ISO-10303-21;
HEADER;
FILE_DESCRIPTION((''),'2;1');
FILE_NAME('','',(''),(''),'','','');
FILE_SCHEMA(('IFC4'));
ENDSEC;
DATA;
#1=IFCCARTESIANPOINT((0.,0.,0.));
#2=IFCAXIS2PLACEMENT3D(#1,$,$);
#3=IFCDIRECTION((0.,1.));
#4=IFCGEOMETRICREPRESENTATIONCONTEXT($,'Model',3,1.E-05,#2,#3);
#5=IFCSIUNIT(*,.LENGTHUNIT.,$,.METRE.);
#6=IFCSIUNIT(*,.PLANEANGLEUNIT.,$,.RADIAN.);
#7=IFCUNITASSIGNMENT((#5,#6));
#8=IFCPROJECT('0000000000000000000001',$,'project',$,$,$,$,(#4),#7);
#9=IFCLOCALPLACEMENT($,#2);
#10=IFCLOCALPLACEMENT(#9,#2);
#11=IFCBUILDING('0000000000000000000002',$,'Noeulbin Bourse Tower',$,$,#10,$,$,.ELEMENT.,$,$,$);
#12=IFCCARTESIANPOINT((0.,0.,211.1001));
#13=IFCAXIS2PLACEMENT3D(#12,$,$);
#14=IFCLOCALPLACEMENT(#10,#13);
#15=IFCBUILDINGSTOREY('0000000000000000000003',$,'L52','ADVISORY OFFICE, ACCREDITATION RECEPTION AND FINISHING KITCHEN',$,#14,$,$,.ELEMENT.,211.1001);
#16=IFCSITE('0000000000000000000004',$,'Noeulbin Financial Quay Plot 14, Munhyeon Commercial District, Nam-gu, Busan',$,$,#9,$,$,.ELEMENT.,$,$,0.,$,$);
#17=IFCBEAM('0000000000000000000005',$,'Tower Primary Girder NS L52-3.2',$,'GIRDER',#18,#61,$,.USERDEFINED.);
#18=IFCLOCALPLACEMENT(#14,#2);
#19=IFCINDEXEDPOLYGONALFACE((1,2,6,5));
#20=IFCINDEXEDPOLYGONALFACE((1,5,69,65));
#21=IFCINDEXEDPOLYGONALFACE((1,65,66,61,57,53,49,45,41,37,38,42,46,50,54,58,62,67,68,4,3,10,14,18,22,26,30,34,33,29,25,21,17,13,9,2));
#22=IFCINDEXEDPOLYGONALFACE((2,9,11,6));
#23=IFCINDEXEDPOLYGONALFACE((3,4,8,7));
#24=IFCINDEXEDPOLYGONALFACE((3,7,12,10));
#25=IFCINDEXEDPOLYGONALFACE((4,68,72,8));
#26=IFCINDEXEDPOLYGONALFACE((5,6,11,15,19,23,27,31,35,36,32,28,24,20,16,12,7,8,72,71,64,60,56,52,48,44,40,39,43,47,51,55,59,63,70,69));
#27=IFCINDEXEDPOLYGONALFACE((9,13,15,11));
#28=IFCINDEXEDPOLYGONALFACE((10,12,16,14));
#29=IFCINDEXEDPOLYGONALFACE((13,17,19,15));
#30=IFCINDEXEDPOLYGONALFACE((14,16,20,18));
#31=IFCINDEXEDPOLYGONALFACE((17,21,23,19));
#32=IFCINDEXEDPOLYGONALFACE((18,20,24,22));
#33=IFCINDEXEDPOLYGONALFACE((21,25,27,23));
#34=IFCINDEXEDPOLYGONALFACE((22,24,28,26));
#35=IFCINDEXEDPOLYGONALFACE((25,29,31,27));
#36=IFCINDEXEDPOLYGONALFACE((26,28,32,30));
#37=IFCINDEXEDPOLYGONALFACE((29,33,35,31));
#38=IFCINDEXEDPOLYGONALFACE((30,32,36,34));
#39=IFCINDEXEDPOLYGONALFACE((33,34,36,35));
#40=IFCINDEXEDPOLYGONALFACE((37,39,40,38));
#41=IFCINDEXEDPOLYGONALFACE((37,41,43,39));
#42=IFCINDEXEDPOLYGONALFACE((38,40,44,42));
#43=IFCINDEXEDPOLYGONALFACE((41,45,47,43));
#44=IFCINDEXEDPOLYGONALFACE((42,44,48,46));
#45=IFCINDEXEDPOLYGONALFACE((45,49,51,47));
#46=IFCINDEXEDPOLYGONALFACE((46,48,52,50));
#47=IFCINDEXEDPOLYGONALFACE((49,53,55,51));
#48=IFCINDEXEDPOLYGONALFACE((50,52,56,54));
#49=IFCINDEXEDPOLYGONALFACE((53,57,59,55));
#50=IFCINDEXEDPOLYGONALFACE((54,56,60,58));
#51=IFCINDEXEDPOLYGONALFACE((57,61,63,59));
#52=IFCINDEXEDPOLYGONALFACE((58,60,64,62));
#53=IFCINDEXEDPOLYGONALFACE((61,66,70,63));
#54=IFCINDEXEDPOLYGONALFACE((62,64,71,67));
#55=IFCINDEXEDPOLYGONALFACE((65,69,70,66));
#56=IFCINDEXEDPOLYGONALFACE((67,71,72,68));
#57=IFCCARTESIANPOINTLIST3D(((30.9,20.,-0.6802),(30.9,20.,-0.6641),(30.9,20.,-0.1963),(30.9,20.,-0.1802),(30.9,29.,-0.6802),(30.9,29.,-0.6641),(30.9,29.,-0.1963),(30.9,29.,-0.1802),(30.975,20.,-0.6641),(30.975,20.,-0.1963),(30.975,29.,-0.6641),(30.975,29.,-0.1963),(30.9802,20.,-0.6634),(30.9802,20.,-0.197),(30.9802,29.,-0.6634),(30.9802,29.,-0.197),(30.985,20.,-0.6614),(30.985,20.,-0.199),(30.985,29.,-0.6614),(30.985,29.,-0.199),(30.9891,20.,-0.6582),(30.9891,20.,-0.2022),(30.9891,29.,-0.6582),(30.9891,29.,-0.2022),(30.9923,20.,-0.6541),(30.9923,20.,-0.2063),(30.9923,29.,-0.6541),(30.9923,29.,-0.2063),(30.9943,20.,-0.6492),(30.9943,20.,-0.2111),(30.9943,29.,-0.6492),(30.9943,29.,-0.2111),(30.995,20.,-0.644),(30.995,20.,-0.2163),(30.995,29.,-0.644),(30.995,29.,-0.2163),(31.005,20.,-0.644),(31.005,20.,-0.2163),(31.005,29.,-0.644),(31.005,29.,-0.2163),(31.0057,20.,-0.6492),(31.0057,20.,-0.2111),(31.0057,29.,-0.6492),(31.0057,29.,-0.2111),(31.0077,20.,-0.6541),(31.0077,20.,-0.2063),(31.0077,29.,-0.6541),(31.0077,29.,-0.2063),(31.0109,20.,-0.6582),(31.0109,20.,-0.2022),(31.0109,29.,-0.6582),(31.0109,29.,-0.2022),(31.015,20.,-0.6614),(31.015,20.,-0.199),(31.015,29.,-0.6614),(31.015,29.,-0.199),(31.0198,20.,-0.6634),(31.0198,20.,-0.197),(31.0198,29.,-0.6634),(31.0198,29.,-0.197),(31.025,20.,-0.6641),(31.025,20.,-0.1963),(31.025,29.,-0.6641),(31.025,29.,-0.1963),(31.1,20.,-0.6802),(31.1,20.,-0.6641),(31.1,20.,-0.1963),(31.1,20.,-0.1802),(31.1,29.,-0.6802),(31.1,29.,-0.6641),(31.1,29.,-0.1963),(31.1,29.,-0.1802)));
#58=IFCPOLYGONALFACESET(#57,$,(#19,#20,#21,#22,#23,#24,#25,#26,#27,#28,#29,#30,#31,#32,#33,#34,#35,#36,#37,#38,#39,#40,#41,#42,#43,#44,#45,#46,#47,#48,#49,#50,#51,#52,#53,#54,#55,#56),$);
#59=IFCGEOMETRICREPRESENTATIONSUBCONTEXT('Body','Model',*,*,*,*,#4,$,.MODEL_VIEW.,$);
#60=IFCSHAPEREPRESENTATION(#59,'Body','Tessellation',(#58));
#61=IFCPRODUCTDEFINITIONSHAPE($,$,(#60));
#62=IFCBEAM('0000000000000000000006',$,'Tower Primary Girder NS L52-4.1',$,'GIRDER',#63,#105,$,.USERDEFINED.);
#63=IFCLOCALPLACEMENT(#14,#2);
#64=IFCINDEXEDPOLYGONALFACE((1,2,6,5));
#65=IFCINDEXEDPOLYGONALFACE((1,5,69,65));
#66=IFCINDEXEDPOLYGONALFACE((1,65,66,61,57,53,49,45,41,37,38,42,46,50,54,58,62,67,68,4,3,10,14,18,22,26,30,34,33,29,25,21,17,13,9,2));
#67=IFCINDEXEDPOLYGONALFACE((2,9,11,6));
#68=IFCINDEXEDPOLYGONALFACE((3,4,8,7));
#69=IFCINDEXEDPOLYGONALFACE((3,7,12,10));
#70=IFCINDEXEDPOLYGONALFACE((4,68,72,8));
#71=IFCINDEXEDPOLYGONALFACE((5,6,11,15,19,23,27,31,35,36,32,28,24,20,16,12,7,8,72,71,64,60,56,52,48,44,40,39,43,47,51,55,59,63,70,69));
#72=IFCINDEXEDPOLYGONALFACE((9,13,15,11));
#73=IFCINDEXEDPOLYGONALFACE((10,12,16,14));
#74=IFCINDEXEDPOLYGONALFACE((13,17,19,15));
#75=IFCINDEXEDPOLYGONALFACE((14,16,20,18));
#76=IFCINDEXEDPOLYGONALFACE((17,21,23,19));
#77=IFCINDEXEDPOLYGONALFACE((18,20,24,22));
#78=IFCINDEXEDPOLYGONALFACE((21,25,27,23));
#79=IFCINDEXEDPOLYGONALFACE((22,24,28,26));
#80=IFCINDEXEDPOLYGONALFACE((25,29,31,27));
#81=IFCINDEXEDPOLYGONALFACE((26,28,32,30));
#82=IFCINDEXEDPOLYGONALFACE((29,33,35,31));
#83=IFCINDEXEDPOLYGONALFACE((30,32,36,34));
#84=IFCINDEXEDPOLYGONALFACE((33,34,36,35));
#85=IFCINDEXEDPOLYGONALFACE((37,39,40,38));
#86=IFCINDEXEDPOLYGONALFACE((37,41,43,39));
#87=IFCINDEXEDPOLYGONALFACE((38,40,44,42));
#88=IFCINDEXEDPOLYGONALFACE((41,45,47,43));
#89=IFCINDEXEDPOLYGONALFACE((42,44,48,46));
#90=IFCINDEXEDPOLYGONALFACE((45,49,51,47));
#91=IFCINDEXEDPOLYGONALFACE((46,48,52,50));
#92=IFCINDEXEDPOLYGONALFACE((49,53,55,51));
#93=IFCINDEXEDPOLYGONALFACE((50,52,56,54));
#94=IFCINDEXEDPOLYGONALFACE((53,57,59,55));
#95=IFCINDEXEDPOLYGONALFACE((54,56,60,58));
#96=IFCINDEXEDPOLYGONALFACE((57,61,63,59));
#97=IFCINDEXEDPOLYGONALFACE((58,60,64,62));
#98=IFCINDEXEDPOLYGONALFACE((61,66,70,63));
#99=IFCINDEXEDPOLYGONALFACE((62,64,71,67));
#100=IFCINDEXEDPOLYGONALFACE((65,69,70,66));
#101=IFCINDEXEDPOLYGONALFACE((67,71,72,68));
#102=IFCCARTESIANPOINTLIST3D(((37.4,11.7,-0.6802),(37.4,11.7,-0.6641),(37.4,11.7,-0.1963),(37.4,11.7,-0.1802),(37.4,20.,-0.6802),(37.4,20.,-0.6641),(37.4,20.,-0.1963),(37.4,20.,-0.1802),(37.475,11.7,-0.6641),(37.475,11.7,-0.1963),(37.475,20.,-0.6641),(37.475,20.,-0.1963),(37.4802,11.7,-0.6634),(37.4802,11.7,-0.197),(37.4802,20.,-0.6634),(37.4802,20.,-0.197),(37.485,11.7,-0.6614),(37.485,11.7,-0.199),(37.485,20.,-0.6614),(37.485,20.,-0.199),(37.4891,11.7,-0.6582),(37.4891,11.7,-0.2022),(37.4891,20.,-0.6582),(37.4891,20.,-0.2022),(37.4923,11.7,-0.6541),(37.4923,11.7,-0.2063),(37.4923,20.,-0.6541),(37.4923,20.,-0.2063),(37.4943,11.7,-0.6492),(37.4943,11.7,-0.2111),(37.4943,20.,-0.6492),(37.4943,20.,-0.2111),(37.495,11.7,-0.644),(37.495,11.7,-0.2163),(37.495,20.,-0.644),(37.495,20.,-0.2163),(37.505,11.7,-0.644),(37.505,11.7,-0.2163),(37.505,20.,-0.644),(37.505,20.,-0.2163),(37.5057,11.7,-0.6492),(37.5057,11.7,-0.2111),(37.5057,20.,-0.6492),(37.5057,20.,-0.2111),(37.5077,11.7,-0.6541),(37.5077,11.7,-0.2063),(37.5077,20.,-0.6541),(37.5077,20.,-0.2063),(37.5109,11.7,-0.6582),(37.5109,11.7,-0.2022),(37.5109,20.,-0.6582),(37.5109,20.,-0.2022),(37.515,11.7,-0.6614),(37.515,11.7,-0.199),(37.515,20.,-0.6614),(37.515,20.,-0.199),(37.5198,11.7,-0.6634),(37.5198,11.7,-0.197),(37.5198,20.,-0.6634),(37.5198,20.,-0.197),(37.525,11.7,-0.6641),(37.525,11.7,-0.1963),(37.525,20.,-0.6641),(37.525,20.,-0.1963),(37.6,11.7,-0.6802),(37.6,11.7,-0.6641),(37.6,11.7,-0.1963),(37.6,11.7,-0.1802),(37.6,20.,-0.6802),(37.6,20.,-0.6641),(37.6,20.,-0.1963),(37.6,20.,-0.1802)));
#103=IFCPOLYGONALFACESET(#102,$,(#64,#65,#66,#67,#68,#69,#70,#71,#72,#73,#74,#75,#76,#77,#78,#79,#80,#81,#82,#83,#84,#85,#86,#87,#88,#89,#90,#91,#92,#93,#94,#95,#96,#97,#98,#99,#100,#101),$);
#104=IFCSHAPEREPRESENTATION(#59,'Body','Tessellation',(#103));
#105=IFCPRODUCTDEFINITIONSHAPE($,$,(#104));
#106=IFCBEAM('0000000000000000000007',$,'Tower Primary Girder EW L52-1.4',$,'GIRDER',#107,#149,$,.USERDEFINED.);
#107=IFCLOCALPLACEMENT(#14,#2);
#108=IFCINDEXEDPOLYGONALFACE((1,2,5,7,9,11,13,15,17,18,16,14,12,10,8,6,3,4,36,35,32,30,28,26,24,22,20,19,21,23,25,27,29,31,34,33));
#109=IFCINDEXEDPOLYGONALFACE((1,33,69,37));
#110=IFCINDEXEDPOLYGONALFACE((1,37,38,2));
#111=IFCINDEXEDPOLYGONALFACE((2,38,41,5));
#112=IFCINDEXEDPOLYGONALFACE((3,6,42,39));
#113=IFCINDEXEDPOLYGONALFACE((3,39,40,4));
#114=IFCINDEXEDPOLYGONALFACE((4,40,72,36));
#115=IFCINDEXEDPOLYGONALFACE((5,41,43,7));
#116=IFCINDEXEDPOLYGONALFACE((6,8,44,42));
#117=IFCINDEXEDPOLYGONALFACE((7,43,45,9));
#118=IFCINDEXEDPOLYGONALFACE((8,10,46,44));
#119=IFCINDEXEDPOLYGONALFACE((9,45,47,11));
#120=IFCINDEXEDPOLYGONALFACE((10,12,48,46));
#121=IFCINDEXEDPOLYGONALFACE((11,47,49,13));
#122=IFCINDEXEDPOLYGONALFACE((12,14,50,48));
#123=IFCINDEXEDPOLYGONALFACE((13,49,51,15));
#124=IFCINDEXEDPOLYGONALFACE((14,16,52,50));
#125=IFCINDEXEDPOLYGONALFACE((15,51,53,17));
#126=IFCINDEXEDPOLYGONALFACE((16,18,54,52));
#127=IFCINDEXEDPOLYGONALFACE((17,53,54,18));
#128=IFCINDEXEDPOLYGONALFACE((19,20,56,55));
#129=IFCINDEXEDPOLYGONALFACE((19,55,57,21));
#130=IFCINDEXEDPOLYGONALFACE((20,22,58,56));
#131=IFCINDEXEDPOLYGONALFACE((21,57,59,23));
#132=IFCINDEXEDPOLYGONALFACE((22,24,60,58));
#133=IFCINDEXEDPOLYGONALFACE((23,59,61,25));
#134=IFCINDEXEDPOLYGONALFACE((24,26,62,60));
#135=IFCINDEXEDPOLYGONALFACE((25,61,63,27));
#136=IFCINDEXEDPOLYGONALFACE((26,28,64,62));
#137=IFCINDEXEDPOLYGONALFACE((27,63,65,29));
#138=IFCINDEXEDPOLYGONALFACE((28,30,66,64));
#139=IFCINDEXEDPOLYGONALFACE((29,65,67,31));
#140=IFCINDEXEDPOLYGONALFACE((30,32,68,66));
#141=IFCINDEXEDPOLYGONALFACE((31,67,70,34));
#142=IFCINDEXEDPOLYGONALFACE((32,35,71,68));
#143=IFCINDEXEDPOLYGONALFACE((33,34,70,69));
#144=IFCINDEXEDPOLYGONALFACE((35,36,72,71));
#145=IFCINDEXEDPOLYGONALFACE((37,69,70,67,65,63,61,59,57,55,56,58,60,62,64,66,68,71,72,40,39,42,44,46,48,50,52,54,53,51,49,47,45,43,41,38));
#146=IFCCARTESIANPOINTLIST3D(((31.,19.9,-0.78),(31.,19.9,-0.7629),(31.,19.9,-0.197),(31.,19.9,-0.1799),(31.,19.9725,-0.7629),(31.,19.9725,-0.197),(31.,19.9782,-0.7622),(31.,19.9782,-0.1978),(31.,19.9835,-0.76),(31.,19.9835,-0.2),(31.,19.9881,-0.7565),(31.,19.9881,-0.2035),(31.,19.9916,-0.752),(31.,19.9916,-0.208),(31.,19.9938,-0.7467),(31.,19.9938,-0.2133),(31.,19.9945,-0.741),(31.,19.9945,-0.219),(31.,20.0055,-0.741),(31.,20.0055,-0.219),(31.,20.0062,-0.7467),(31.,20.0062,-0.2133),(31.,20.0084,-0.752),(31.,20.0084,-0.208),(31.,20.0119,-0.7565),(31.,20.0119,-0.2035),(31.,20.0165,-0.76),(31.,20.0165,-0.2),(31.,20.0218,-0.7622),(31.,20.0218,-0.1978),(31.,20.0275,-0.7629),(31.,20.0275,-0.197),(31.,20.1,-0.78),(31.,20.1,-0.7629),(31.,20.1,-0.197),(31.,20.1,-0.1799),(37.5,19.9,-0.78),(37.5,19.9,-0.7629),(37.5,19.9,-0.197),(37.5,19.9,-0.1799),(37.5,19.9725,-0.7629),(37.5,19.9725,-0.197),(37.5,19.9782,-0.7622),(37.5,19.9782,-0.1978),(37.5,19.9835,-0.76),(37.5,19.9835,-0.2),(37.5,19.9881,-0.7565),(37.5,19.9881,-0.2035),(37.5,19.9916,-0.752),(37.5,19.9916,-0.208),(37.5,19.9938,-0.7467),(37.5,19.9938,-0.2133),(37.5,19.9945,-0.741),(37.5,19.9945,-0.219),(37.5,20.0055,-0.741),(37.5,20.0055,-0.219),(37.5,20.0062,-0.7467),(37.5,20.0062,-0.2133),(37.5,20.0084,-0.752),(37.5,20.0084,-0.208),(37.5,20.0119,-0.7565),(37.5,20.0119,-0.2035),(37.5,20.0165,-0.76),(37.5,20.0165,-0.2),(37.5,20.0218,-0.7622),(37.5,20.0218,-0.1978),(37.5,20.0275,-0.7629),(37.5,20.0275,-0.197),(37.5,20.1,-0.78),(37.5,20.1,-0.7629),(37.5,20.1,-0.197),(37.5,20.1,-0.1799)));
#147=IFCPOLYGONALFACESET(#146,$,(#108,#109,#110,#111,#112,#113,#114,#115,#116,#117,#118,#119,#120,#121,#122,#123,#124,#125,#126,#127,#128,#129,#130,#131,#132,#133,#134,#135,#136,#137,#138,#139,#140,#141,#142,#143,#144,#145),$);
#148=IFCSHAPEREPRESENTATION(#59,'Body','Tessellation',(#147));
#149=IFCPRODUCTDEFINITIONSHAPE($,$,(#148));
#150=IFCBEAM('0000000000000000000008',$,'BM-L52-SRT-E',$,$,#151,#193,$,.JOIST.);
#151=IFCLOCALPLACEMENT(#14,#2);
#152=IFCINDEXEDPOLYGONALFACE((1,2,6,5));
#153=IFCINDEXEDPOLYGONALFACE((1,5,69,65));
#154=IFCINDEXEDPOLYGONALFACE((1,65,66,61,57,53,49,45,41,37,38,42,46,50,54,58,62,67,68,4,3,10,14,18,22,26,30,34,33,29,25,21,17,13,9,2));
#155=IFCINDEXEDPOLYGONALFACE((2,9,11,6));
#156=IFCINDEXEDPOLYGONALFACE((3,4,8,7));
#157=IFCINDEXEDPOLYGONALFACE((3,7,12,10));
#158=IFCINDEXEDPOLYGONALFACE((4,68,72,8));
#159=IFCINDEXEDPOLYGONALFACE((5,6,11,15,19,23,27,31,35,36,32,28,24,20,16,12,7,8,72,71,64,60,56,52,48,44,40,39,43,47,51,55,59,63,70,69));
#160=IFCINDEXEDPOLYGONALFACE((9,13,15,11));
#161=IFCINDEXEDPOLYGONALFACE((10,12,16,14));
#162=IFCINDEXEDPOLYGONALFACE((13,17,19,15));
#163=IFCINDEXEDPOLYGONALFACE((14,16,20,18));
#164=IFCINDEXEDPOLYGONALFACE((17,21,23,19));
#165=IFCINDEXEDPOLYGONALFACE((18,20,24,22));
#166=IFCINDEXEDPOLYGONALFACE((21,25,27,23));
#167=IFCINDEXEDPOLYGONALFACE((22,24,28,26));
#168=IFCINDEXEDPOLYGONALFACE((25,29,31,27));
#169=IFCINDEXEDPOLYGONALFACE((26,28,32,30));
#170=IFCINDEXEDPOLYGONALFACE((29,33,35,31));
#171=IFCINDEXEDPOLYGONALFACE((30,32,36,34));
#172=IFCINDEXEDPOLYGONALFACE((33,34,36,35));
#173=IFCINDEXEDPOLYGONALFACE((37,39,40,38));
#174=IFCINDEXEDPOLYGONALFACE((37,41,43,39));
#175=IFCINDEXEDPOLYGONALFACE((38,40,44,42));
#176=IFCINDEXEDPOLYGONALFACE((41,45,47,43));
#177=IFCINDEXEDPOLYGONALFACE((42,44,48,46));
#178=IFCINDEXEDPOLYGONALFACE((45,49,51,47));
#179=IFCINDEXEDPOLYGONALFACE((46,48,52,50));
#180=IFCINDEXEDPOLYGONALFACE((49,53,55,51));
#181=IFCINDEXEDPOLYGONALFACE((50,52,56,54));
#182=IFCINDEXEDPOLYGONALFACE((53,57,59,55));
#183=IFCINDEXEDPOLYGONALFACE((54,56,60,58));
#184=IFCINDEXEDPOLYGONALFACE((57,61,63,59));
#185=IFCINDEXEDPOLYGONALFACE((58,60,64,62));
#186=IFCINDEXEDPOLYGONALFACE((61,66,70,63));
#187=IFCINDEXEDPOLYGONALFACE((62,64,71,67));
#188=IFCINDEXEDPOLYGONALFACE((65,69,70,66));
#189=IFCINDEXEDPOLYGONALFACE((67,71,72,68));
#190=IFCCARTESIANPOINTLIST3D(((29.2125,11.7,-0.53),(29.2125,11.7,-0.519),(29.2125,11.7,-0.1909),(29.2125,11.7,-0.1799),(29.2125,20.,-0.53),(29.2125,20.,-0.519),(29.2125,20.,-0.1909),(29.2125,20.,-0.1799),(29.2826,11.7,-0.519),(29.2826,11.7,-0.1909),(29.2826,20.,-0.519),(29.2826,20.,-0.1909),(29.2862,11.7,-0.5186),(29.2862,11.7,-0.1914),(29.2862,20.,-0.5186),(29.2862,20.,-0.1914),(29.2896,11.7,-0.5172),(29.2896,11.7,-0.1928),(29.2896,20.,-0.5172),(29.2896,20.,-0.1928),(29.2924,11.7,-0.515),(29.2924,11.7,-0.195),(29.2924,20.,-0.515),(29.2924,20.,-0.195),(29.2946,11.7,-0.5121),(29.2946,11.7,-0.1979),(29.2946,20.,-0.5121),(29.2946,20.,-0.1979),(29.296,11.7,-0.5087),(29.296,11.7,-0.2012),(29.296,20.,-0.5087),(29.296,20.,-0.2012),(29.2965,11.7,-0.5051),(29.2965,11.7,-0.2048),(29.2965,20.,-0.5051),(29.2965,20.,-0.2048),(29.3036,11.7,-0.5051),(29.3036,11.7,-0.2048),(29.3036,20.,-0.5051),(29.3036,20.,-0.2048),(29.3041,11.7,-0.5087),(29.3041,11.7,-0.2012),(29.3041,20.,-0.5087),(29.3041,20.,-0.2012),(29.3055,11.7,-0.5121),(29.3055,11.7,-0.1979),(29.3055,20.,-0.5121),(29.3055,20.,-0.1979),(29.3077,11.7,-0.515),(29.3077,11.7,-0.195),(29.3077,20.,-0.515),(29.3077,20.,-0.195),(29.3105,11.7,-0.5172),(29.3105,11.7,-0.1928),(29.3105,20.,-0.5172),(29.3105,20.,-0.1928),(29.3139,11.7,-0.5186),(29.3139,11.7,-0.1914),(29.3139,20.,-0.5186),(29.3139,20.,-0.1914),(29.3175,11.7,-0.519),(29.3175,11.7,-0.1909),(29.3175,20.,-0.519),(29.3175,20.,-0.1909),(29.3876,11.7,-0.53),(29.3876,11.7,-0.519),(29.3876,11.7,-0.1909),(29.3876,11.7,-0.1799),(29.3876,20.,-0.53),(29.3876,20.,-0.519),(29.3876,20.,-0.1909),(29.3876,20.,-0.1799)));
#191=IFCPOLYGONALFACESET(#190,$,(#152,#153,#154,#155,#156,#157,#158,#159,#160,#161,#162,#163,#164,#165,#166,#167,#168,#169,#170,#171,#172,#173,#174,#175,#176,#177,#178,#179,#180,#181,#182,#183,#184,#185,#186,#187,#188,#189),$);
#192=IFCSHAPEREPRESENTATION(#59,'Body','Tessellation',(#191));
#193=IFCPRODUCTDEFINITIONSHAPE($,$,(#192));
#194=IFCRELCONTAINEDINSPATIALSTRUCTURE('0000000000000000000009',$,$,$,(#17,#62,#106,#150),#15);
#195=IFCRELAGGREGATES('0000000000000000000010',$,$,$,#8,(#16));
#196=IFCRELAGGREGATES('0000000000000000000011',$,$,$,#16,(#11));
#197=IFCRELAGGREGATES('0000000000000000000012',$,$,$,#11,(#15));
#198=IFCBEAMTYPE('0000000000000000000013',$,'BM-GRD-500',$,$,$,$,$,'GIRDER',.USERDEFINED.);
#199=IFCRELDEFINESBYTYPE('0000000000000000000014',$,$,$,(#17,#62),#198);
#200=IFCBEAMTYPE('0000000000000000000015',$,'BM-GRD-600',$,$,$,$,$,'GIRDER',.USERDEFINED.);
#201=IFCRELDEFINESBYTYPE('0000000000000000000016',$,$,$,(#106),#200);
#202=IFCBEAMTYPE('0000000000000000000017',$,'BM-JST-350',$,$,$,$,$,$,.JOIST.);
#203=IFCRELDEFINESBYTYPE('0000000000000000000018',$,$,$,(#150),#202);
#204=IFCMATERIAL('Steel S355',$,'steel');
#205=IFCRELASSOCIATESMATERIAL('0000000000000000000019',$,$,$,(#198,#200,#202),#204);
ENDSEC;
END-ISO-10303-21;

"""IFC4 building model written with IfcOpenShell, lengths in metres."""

from ifc_helpers import new_model, si_unit, direction, frame, origin, origin_2d, place, context, subcontext, project, spatial, i_section, extrude, material, material_profile, profile_set, type_object, element, save


model = new_model("IFC4")

# Units and contexts
model_context = context("Model", 3, precision=1e-05, world=origin(), true_north=direction((0.0, 1.0)))
body_context = subcontext(model_context, "Body", "Model", "MODEL_VIEW")
ifc_project = project(units=[si_unit("LENGTHUNIT", "METRE"), si_unit("PLANEANGLEUNIT", "RADIAN")], contexts=[model_context])

# Site, building, storey
site_placement = place(None, origin())
site = spatial("IfcSite", under=ifc_project, at=site_placement, Name="Noeulbin Financial Quay Plot 14, Munhyeon Commercial District, Nam-gu, Busan", CompositionType="ELEMENT", RefElevation=0.0)
building_placement = place(site_placement, origin())
building = spatial("IfcBuilding", under=site, at=building_placement, Name="Noeulbin Bourse Tower", CompositionType="ELEMENT")
storey_placement = place(building_placement, frame((0.0, 0.0, 211.1001)))
storey = spatial("IfcBuildingStorey", under=building, at=storey_placement, Name="L52", Description="ADVISORY OFFICE, ACCREDITATION RECEPTION AND FINISHING KITCHEN", CompositionType="ELEMENT", Elevation=211.1001)

# Shared definitions
ifc_material_1 = material(Name="Steel S355", Category="steel")

# Beams
ifc_material_profile_1 = material_profile(ifc_material_1, i_section(OverallWidth=0.2, OverallDepth=0.5, WebThickness=0.01, FlangeThickness=0.0161, FilletRadius=0.02, at=origin_2d()), Name="H-500x200x10x16", Category="LoadBearing")
ifc_profile_set_1 = profile_set([ifc_material_profile_1], Name="Steel S355")
beam_type_1 = type_object("IfcBeamType", Name="BM-GRD-500", ElementType="GIRDER", PredefinedType="USERDEFINED", material=ifc_profile_set_1)
beam_1_placement = place(storey_placement, frame((31.0, 20.0, -0.4302), z_axis=(0.0, 1.0, 0.0), x_axis=(-1.0, 0.0, 0.0)))
element("IfcBeam", 1, at=beam_1_placement, inside=storey, type_object=beam_type_1, Name="Tower Primary Girder NS L52-3.2", ObjectType="GIRDER", PredefinedType="USERDEFINED", context=body_context, shape_type="SweptSolid", body=[
    extrude(i_section(OverallWidth=0.2, OverallDepth=0.5, WebThickness=0.01, FlangeThickness=0.0161, FilletRadius=0.02, at=origin_2d()), origin(), (0.0, 0.0, 1.0), 9.0),
])
beam_2_placement = place(storey_placement, frame((37.5, 11.7, -0.4302), z_axis=(0.0, 1.0, 0.0), x_axis=(-1.0, 0.0, 0.0)))
element("IfcBeam", 2, at=beam_2_placement, inside=storey, type_object=beam_type_1, Name="Tower Primary Girder NS L52-4.1", ObjectType="GIRDER", PredefinedType="USERDEFINED", context=body_context, shape_type="SweptSolid", body=[
    extrude(i_section(OverallWidth=0.2, OverallDepth=0.5, WebThickness=0.01, FlangeThickness=0.0161, FilletRadius=0.02, at=origin_2d()), origin(), (0.0, 0.0, 1.0), 8.3),
])
ifc_material_profile_2 = material_profile(ifc_material_1, i_section(OverallWidth=0.2, OverallDepth=0.6001, WebThickness=0.011, FlangeThickness=0.0171, FilletRadius=0.022, at=origin_2d()), Name="H-600x200x11x17", Category="LoadBearing")
ifc_profile_set_2 = profile_set([ifc_material_profile_2], Name="Steel S355")
beam_type_2 = type_object("IfcBeamType", Name="BM-GRD-600", ElementType="GIRDER", PredefinedType="USERDEFINED", material=ifc_profile_set_2)
beam_3_placement = place(storey_placement, frame((31.0, 20.0, -0.48), z_axis=(1.0, 0.0, 0.0), x_axis=(0.0, 1.0, 0.0)))
element("IfcBeam", 3, at=beam_3_placement, inside=storey, type_object=beam_type_2, Name="Tower Primary Girder EW L52-1.4", ObjectType="GIRDER", PredefinedType="USERDEFINED", context=body_context, shape_type="SweptSolid", body=[
    extrude(i_section(OverallWidth=0.2, OverallDepth=0.6001, WebThickness=0.011, FlangeThickness=0.0171, FilletRadius=0.022, at=origin_2d()), origin(), (0.0, 0.0, 1.0), 6.5),
])
ifc_material_profile_3 = material_profile(ifc_material_1, i_section(OverallWidth=0.175, OverallDepth=0.3501, WebThickness=0.0071, FlangeThickness=0.011, FilletRadius=0.0139, at=origin_2d()), Name="H-350x175x7x11", Category="LoadBearing")
ifc_profile_set_3 = profile_set([ifc_material_profile_3], Name="Steel S355")
beam_type_3 = type_object("IfcBeamType", Name="BM-JST-350", PredefinedType="JOIST", material=ifc_profile_set_3)
beam_4_placement = place(storey_placement, frame((29.3, 11.7, -0.355), z_axis=(0.0, 1.0, 0.0), x_axis=(-1.0, 0.0, 0.0)))
element("IfcBeam", 4, at=beam_4_placement, inside=storey, type_object=beam_type_3, Name="BM-L52-SRT-E", PredefinedType="JOIST", context=body_context, shape_type="SweptSolid", body=[
    extrude(i_section(OverallWidth=0.175, OverallDepth=0.3501, WebThickness=0.0071, FlangeThickness=0.011, FilletRadius=0.0139, at=origin_2d()), origin(), (0.0, 0.0, 1.0), 8.3),
])

save(model, "model.ifc")
